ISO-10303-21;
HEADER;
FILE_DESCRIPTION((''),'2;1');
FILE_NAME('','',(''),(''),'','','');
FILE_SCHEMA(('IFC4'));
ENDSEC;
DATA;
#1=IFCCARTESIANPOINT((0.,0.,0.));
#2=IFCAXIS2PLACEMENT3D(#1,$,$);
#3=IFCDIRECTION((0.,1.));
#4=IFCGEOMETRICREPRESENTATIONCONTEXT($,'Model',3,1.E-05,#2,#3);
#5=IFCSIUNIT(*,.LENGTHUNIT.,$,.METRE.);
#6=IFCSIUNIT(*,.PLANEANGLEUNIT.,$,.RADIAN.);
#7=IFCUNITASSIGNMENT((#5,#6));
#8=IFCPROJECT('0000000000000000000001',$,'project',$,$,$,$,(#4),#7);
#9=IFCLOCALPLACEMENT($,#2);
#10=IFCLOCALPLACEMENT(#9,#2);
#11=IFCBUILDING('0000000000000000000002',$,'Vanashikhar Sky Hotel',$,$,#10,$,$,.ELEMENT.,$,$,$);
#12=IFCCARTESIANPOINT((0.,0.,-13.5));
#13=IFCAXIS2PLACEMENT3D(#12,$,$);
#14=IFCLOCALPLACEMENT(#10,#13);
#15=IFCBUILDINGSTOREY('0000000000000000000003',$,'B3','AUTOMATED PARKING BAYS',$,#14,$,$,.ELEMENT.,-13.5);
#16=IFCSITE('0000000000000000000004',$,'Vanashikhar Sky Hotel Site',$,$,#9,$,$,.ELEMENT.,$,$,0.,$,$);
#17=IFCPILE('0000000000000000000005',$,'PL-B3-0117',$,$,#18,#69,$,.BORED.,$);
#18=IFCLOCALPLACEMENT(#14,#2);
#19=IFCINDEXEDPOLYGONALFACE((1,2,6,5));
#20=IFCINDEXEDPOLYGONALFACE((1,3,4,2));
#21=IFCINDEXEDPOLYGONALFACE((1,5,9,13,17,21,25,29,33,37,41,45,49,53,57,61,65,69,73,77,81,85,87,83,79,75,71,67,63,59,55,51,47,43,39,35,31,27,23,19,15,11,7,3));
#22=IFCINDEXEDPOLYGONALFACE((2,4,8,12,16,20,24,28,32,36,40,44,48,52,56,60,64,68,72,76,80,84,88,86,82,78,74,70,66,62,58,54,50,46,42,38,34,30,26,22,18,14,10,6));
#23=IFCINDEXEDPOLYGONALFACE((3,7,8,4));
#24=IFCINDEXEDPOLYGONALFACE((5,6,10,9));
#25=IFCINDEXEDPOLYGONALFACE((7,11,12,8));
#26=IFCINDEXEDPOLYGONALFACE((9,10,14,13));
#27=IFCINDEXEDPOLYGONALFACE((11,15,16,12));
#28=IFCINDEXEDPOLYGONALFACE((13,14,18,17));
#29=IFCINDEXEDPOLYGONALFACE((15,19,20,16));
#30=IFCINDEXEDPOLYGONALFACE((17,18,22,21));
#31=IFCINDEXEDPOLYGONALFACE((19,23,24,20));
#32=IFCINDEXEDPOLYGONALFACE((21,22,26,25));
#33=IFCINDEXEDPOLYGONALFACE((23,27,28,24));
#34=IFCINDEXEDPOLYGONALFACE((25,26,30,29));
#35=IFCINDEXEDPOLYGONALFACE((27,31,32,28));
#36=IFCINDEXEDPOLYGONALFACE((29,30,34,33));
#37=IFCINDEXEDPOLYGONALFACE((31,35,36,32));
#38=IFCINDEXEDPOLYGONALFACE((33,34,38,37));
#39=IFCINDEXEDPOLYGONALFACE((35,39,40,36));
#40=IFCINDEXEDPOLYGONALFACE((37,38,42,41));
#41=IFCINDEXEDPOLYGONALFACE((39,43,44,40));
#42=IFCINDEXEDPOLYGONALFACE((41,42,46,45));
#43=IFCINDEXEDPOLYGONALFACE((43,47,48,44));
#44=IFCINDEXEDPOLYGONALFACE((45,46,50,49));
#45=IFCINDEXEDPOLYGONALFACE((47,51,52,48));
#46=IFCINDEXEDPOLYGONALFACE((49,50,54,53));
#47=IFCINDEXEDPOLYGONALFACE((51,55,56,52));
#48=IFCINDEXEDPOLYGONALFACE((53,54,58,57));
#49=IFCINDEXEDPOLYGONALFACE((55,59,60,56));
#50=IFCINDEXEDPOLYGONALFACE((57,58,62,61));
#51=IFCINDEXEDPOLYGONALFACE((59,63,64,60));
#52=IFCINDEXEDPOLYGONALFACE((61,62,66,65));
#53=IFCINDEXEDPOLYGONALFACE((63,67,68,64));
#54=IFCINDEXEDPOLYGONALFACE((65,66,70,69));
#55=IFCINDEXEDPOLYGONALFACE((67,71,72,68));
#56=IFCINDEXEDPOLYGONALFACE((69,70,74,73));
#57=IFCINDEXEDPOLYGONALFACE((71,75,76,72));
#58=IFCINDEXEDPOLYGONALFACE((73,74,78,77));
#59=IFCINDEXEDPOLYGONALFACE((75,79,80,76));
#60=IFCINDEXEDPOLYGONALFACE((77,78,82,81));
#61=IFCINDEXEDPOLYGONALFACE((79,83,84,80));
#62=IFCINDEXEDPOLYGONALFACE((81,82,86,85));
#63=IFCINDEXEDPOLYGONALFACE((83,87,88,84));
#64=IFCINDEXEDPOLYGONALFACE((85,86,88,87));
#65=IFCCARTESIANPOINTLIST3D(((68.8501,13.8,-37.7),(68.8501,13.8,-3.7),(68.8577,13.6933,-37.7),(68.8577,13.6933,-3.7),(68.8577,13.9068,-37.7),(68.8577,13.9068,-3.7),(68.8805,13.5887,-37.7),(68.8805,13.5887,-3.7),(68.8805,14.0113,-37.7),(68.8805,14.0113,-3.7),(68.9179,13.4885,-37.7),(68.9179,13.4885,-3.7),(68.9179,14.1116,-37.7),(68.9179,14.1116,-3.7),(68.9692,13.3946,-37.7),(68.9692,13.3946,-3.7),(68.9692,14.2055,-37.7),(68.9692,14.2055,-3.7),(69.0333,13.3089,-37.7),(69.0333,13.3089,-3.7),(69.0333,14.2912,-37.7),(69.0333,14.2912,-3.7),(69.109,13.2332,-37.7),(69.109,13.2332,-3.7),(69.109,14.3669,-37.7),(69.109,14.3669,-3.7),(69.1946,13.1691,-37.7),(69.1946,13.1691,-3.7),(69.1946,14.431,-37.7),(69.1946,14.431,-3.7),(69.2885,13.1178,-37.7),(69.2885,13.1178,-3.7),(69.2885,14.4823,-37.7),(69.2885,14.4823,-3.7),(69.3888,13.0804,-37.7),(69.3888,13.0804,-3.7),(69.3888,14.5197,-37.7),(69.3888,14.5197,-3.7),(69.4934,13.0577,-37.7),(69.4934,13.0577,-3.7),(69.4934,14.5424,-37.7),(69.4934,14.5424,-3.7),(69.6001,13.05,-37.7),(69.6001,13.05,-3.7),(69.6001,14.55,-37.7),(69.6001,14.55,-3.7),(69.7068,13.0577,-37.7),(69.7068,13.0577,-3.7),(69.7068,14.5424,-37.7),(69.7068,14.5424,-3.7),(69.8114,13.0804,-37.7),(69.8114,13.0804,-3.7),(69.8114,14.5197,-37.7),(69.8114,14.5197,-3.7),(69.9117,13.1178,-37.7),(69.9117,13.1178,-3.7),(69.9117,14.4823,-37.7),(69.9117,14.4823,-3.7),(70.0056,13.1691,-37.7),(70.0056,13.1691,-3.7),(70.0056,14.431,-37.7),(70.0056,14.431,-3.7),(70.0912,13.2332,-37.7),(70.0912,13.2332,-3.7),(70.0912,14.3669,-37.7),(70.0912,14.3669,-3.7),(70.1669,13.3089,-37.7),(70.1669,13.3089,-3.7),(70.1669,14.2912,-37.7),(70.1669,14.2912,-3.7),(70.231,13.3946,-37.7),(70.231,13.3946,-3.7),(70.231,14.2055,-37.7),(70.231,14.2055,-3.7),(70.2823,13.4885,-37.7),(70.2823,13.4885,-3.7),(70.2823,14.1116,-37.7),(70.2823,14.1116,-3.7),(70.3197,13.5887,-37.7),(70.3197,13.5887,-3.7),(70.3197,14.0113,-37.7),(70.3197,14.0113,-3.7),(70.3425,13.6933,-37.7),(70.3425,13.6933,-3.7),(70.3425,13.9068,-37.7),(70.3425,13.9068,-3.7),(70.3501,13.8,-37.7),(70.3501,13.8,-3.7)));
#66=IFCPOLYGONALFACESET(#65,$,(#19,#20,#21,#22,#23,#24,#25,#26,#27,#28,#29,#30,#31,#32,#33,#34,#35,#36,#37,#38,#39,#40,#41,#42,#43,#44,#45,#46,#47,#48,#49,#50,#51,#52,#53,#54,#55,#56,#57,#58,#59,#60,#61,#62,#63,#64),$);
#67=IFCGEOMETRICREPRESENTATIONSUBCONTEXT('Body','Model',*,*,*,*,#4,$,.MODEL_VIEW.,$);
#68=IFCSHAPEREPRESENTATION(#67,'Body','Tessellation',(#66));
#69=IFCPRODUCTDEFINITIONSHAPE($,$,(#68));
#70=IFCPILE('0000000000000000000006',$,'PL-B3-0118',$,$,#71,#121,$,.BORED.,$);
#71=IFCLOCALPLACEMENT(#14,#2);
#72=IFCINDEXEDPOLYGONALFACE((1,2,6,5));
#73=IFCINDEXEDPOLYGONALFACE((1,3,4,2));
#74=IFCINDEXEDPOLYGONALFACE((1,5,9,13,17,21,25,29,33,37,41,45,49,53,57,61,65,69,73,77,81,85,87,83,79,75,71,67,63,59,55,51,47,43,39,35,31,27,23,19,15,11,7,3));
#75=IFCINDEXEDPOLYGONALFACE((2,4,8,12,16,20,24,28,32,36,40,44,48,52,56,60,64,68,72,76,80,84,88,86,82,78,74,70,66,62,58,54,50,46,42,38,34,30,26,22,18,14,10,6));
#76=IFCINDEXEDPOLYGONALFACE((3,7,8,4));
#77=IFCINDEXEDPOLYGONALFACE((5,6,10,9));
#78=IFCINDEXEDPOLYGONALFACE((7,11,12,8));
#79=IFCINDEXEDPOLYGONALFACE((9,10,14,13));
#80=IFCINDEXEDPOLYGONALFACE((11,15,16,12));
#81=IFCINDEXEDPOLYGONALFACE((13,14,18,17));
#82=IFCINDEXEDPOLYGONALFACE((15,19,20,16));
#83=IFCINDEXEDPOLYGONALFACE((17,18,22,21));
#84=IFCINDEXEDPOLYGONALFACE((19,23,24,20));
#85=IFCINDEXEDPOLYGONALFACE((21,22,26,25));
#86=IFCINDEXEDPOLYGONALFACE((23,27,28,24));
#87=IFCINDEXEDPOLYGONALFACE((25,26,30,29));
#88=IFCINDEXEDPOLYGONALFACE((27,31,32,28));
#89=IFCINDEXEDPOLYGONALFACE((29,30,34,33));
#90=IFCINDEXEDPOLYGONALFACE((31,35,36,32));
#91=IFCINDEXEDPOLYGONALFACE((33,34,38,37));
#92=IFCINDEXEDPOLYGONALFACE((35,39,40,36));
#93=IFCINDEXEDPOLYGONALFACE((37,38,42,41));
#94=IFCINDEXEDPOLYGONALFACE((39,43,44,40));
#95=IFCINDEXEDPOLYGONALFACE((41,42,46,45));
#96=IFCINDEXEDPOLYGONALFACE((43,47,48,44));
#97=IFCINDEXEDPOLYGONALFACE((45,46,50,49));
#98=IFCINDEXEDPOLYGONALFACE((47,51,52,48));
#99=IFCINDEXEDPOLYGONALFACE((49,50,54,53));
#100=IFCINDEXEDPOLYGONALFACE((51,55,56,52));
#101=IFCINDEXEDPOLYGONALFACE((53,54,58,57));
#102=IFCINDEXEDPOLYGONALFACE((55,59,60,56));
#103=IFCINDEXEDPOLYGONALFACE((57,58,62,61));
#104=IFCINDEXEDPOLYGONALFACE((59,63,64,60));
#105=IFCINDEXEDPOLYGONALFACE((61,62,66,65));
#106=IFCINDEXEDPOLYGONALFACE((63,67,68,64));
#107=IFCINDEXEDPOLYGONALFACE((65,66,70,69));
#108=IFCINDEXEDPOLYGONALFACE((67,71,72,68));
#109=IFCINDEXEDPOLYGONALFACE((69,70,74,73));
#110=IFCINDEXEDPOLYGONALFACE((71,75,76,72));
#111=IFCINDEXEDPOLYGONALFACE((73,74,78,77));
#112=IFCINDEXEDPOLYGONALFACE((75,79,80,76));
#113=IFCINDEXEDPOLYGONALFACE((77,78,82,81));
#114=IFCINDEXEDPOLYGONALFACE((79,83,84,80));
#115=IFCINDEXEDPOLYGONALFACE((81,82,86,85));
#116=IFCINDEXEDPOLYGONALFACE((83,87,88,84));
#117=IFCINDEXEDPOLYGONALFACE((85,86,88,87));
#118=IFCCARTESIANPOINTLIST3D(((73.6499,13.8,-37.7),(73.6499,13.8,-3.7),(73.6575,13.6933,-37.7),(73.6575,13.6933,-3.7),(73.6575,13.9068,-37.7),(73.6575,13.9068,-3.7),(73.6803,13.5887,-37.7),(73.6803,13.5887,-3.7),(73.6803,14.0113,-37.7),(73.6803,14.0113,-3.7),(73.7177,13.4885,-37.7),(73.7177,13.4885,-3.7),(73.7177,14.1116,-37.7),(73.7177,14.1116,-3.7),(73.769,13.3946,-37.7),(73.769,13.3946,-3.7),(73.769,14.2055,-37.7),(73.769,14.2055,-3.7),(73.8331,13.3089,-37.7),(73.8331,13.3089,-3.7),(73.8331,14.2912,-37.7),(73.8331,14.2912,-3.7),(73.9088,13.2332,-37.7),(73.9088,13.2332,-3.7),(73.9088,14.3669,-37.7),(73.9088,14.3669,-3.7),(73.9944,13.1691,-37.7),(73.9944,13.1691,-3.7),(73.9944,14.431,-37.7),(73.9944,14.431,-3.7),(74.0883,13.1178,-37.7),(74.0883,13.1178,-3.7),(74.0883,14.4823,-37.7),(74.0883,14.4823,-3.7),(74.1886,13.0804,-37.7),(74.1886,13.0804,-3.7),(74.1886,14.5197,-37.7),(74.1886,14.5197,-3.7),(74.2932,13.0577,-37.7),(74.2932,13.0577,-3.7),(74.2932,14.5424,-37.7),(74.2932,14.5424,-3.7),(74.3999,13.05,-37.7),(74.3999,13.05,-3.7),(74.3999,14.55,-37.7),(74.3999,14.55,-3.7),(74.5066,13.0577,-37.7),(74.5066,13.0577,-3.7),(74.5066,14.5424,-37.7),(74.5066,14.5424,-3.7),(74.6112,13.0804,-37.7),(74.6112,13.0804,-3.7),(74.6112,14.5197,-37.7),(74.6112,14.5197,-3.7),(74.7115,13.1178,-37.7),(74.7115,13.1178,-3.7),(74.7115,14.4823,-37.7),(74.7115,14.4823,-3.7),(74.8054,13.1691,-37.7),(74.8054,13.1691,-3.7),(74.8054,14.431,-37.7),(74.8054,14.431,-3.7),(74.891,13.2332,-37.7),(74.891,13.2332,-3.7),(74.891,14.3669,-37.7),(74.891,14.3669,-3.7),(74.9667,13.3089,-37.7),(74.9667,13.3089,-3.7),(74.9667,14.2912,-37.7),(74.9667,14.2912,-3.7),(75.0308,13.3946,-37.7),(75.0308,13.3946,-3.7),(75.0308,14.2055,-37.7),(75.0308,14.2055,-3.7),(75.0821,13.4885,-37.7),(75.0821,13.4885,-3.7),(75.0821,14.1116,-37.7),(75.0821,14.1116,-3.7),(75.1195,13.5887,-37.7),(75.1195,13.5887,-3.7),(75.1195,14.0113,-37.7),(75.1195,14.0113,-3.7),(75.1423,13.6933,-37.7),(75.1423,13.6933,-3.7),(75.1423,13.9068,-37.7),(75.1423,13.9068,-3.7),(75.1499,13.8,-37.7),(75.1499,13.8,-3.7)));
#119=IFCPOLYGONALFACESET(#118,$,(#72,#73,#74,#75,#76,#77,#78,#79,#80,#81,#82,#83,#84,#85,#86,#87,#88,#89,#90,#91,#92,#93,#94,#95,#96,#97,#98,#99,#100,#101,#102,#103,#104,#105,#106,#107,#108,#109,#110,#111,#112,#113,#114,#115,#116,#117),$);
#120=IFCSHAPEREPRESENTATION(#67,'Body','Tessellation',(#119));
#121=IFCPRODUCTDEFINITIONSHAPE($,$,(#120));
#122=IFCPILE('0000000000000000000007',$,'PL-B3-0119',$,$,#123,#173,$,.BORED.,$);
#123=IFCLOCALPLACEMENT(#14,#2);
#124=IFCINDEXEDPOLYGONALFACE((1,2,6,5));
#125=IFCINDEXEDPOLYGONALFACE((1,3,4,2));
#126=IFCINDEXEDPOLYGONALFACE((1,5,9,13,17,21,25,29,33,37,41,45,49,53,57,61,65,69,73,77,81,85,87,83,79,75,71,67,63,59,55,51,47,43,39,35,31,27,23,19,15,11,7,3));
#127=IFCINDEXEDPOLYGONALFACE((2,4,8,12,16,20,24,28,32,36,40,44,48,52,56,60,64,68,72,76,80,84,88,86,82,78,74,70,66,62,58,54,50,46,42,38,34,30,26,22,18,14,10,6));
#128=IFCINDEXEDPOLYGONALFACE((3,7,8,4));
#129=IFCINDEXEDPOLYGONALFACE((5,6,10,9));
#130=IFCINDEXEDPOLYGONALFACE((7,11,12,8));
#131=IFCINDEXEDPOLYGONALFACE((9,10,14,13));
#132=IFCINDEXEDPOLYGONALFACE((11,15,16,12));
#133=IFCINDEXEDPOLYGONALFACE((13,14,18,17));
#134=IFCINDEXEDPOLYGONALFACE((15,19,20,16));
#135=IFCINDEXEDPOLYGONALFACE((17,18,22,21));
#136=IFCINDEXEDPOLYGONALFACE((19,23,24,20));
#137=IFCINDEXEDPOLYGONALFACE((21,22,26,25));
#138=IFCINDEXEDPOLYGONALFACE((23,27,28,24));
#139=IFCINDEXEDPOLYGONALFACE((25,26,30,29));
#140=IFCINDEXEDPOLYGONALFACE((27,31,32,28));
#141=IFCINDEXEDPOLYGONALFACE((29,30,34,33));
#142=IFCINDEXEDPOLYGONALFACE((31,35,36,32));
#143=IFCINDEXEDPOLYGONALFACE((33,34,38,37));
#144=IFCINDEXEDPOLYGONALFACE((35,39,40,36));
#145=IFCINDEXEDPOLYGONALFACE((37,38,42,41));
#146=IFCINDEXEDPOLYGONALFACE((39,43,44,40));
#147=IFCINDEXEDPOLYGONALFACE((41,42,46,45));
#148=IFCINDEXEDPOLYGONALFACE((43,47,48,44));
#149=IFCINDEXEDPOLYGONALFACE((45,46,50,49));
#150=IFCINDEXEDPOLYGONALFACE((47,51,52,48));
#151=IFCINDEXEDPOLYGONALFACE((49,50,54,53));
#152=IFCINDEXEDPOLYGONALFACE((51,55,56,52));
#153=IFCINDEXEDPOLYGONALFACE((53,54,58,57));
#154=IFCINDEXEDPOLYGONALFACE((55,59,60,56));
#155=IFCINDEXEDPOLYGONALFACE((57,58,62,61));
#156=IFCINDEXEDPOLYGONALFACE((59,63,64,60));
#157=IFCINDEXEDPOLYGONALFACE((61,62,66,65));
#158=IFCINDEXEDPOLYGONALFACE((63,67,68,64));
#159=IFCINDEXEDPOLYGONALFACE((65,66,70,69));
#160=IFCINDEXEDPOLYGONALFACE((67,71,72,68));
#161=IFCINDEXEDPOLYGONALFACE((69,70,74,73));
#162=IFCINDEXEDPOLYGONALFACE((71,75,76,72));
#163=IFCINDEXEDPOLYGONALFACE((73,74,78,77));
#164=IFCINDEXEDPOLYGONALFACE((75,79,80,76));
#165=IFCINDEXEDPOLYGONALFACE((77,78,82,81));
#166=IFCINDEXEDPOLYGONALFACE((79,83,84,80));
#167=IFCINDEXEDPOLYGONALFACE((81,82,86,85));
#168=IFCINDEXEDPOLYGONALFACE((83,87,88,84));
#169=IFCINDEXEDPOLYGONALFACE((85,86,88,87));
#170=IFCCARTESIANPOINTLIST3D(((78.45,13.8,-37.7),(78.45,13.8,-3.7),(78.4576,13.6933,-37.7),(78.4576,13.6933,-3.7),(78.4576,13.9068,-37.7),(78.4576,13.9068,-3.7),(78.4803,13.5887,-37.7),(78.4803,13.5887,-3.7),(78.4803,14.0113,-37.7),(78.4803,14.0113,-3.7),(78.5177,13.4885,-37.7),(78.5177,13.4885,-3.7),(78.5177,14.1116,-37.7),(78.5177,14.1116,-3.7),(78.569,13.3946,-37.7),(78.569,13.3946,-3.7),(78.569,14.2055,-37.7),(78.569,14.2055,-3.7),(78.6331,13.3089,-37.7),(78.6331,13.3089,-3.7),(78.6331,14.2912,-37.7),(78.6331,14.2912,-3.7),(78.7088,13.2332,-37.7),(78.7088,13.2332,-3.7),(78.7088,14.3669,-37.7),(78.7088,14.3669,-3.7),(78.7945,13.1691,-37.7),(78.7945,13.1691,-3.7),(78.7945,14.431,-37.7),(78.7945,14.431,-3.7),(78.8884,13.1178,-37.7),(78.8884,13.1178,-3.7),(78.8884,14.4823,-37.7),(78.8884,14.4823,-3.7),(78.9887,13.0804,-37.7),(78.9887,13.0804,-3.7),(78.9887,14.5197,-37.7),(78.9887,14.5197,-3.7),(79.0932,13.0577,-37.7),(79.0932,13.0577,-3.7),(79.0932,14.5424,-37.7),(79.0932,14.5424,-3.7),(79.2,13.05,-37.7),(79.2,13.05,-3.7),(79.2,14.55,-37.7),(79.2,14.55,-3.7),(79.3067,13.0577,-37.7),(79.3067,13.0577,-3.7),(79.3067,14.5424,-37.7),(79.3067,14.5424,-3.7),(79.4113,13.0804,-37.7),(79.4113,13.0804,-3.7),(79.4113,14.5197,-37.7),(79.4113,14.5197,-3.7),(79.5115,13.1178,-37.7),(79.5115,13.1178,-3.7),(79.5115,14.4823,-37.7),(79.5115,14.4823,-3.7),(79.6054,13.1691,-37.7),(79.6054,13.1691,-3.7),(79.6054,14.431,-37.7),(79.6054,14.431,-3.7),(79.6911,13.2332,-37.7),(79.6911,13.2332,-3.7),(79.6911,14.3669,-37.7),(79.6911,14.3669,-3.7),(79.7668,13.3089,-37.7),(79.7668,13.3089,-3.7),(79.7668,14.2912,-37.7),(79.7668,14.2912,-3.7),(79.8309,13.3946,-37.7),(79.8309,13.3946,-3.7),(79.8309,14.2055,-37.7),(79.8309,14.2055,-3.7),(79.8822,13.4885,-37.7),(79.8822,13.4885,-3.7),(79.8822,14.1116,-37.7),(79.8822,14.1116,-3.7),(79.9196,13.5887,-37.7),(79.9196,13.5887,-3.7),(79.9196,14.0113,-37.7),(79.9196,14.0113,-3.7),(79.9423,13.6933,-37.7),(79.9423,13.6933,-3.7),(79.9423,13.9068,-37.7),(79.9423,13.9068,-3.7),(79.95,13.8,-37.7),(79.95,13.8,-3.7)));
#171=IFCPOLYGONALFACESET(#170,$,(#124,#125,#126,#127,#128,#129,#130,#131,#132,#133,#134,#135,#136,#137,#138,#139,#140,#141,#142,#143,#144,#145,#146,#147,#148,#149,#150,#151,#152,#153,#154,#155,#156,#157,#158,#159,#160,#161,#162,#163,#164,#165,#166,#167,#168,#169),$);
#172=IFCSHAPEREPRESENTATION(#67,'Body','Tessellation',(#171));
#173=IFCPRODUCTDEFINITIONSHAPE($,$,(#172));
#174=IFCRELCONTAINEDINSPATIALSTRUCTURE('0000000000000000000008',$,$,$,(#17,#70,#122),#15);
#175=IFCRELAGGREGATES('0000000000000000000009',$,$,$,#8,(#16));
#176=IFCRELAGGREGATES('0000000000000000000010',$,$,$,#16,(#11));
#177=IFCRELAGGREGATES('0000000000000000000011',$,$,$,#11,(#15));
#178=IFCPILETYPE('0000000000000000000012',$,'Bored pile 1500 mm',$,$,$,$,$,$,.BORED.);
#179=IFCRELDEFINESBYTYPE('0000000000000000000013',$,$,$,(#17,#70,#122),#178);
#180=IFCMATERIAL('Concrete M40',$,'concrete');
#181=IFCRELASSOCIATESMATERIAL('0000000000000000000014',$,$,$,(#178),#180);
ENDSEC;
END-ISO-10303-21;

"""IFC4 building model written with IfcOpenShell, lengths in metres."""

from ifc_helpers import new_model, si_unit, direction, frame, origin, origin_2d, place, context, subcontext, project, spatial, circle, extrude, source, transform, mapped, material, type_object, element, save


model = new_model("IFC4")

# Units and contexts
model_context = context("Model", 3, precision=1e-05, world=origin(), true_north=direction((0.0, 1.0)))
body_context = subcontext(model_context, "Body", "Model", "MODEL_VIEW")
ifc_project = project(units=[si_unit("LENGTHUNIT", "METRE"), si_unit("PLANEANGLEUNIT", "RADIAN")], contexts=[model_context])

# Site, building, storey
site_placement = place(None, origin())
site = spatial("IfcSite", under=ifc_project, at=site_placement, Name="Vanashikhar Sky Hotel Site", CompositionType="ELEMENT", RefElevation=0.0)
building_placement = place(site_placement, origin())
building = spatial("IfcBuilding", under=site, at=building_placement, Name="Vanashikhar Sky Hotel", CompositionType="ELEMENT")
storey_placement = place(building_placement, frame((0.0, 0.0, -13.5)))
storey = spatial("IfcBuildingStorey", under=building, at=storey_placement, Name="B3", Description="AUTOMATED PARKING BAYS", CompositionType="ELEMENT", Elevation=-13.5)

# Piles
ifc_material_1 = material(Name="Concrete M40", Category="concrete")
pile_type = type_object("IfcPileType", Name="Bored pile 1500 mm", PredefinedType="BORED", material=ifc_material_1)
shared_shape_1 = source(origin(), body_context, "Body", "SweptSolid", [
    extrude(circle(Radius=0.75, at=origin_2d()), origin(), (0.0, 0.0, 1.0), 34.0),
])
for number, where, z_axis, x_axis, name in (
    (1, (69.6001, 13.8, -3.7), (0.0, 0.0, -1.0), (1.0, 0.0, 0.0), "PL-B3-0117"),
    (2, (74.3999, 13.8, -3.7), (0.0, 0.0, -1.0), (1.0, 0.0, 0.0), "PL-B3-0118"),
    (3, (79.2, 13.8, -3.7), (0.0, 0.0, -1.0), (1.0, 0.0, 0.0), "PL-B3-0119"),
):
    element("IfcPile", number, at=place(storey_placement, frame(where, z_axis=z_axis, x_axis=x_axis)), inside=storey, type_object=pile_type, Name=name, PredefinedType="BORED", context=body_context, shape_type="MappedRepresentation", body=[
        mapped(shared_shape_1, transform((0.0, 0.0, 0.0), scale=1.0)),
    ])

save(model, "model.ifc")
